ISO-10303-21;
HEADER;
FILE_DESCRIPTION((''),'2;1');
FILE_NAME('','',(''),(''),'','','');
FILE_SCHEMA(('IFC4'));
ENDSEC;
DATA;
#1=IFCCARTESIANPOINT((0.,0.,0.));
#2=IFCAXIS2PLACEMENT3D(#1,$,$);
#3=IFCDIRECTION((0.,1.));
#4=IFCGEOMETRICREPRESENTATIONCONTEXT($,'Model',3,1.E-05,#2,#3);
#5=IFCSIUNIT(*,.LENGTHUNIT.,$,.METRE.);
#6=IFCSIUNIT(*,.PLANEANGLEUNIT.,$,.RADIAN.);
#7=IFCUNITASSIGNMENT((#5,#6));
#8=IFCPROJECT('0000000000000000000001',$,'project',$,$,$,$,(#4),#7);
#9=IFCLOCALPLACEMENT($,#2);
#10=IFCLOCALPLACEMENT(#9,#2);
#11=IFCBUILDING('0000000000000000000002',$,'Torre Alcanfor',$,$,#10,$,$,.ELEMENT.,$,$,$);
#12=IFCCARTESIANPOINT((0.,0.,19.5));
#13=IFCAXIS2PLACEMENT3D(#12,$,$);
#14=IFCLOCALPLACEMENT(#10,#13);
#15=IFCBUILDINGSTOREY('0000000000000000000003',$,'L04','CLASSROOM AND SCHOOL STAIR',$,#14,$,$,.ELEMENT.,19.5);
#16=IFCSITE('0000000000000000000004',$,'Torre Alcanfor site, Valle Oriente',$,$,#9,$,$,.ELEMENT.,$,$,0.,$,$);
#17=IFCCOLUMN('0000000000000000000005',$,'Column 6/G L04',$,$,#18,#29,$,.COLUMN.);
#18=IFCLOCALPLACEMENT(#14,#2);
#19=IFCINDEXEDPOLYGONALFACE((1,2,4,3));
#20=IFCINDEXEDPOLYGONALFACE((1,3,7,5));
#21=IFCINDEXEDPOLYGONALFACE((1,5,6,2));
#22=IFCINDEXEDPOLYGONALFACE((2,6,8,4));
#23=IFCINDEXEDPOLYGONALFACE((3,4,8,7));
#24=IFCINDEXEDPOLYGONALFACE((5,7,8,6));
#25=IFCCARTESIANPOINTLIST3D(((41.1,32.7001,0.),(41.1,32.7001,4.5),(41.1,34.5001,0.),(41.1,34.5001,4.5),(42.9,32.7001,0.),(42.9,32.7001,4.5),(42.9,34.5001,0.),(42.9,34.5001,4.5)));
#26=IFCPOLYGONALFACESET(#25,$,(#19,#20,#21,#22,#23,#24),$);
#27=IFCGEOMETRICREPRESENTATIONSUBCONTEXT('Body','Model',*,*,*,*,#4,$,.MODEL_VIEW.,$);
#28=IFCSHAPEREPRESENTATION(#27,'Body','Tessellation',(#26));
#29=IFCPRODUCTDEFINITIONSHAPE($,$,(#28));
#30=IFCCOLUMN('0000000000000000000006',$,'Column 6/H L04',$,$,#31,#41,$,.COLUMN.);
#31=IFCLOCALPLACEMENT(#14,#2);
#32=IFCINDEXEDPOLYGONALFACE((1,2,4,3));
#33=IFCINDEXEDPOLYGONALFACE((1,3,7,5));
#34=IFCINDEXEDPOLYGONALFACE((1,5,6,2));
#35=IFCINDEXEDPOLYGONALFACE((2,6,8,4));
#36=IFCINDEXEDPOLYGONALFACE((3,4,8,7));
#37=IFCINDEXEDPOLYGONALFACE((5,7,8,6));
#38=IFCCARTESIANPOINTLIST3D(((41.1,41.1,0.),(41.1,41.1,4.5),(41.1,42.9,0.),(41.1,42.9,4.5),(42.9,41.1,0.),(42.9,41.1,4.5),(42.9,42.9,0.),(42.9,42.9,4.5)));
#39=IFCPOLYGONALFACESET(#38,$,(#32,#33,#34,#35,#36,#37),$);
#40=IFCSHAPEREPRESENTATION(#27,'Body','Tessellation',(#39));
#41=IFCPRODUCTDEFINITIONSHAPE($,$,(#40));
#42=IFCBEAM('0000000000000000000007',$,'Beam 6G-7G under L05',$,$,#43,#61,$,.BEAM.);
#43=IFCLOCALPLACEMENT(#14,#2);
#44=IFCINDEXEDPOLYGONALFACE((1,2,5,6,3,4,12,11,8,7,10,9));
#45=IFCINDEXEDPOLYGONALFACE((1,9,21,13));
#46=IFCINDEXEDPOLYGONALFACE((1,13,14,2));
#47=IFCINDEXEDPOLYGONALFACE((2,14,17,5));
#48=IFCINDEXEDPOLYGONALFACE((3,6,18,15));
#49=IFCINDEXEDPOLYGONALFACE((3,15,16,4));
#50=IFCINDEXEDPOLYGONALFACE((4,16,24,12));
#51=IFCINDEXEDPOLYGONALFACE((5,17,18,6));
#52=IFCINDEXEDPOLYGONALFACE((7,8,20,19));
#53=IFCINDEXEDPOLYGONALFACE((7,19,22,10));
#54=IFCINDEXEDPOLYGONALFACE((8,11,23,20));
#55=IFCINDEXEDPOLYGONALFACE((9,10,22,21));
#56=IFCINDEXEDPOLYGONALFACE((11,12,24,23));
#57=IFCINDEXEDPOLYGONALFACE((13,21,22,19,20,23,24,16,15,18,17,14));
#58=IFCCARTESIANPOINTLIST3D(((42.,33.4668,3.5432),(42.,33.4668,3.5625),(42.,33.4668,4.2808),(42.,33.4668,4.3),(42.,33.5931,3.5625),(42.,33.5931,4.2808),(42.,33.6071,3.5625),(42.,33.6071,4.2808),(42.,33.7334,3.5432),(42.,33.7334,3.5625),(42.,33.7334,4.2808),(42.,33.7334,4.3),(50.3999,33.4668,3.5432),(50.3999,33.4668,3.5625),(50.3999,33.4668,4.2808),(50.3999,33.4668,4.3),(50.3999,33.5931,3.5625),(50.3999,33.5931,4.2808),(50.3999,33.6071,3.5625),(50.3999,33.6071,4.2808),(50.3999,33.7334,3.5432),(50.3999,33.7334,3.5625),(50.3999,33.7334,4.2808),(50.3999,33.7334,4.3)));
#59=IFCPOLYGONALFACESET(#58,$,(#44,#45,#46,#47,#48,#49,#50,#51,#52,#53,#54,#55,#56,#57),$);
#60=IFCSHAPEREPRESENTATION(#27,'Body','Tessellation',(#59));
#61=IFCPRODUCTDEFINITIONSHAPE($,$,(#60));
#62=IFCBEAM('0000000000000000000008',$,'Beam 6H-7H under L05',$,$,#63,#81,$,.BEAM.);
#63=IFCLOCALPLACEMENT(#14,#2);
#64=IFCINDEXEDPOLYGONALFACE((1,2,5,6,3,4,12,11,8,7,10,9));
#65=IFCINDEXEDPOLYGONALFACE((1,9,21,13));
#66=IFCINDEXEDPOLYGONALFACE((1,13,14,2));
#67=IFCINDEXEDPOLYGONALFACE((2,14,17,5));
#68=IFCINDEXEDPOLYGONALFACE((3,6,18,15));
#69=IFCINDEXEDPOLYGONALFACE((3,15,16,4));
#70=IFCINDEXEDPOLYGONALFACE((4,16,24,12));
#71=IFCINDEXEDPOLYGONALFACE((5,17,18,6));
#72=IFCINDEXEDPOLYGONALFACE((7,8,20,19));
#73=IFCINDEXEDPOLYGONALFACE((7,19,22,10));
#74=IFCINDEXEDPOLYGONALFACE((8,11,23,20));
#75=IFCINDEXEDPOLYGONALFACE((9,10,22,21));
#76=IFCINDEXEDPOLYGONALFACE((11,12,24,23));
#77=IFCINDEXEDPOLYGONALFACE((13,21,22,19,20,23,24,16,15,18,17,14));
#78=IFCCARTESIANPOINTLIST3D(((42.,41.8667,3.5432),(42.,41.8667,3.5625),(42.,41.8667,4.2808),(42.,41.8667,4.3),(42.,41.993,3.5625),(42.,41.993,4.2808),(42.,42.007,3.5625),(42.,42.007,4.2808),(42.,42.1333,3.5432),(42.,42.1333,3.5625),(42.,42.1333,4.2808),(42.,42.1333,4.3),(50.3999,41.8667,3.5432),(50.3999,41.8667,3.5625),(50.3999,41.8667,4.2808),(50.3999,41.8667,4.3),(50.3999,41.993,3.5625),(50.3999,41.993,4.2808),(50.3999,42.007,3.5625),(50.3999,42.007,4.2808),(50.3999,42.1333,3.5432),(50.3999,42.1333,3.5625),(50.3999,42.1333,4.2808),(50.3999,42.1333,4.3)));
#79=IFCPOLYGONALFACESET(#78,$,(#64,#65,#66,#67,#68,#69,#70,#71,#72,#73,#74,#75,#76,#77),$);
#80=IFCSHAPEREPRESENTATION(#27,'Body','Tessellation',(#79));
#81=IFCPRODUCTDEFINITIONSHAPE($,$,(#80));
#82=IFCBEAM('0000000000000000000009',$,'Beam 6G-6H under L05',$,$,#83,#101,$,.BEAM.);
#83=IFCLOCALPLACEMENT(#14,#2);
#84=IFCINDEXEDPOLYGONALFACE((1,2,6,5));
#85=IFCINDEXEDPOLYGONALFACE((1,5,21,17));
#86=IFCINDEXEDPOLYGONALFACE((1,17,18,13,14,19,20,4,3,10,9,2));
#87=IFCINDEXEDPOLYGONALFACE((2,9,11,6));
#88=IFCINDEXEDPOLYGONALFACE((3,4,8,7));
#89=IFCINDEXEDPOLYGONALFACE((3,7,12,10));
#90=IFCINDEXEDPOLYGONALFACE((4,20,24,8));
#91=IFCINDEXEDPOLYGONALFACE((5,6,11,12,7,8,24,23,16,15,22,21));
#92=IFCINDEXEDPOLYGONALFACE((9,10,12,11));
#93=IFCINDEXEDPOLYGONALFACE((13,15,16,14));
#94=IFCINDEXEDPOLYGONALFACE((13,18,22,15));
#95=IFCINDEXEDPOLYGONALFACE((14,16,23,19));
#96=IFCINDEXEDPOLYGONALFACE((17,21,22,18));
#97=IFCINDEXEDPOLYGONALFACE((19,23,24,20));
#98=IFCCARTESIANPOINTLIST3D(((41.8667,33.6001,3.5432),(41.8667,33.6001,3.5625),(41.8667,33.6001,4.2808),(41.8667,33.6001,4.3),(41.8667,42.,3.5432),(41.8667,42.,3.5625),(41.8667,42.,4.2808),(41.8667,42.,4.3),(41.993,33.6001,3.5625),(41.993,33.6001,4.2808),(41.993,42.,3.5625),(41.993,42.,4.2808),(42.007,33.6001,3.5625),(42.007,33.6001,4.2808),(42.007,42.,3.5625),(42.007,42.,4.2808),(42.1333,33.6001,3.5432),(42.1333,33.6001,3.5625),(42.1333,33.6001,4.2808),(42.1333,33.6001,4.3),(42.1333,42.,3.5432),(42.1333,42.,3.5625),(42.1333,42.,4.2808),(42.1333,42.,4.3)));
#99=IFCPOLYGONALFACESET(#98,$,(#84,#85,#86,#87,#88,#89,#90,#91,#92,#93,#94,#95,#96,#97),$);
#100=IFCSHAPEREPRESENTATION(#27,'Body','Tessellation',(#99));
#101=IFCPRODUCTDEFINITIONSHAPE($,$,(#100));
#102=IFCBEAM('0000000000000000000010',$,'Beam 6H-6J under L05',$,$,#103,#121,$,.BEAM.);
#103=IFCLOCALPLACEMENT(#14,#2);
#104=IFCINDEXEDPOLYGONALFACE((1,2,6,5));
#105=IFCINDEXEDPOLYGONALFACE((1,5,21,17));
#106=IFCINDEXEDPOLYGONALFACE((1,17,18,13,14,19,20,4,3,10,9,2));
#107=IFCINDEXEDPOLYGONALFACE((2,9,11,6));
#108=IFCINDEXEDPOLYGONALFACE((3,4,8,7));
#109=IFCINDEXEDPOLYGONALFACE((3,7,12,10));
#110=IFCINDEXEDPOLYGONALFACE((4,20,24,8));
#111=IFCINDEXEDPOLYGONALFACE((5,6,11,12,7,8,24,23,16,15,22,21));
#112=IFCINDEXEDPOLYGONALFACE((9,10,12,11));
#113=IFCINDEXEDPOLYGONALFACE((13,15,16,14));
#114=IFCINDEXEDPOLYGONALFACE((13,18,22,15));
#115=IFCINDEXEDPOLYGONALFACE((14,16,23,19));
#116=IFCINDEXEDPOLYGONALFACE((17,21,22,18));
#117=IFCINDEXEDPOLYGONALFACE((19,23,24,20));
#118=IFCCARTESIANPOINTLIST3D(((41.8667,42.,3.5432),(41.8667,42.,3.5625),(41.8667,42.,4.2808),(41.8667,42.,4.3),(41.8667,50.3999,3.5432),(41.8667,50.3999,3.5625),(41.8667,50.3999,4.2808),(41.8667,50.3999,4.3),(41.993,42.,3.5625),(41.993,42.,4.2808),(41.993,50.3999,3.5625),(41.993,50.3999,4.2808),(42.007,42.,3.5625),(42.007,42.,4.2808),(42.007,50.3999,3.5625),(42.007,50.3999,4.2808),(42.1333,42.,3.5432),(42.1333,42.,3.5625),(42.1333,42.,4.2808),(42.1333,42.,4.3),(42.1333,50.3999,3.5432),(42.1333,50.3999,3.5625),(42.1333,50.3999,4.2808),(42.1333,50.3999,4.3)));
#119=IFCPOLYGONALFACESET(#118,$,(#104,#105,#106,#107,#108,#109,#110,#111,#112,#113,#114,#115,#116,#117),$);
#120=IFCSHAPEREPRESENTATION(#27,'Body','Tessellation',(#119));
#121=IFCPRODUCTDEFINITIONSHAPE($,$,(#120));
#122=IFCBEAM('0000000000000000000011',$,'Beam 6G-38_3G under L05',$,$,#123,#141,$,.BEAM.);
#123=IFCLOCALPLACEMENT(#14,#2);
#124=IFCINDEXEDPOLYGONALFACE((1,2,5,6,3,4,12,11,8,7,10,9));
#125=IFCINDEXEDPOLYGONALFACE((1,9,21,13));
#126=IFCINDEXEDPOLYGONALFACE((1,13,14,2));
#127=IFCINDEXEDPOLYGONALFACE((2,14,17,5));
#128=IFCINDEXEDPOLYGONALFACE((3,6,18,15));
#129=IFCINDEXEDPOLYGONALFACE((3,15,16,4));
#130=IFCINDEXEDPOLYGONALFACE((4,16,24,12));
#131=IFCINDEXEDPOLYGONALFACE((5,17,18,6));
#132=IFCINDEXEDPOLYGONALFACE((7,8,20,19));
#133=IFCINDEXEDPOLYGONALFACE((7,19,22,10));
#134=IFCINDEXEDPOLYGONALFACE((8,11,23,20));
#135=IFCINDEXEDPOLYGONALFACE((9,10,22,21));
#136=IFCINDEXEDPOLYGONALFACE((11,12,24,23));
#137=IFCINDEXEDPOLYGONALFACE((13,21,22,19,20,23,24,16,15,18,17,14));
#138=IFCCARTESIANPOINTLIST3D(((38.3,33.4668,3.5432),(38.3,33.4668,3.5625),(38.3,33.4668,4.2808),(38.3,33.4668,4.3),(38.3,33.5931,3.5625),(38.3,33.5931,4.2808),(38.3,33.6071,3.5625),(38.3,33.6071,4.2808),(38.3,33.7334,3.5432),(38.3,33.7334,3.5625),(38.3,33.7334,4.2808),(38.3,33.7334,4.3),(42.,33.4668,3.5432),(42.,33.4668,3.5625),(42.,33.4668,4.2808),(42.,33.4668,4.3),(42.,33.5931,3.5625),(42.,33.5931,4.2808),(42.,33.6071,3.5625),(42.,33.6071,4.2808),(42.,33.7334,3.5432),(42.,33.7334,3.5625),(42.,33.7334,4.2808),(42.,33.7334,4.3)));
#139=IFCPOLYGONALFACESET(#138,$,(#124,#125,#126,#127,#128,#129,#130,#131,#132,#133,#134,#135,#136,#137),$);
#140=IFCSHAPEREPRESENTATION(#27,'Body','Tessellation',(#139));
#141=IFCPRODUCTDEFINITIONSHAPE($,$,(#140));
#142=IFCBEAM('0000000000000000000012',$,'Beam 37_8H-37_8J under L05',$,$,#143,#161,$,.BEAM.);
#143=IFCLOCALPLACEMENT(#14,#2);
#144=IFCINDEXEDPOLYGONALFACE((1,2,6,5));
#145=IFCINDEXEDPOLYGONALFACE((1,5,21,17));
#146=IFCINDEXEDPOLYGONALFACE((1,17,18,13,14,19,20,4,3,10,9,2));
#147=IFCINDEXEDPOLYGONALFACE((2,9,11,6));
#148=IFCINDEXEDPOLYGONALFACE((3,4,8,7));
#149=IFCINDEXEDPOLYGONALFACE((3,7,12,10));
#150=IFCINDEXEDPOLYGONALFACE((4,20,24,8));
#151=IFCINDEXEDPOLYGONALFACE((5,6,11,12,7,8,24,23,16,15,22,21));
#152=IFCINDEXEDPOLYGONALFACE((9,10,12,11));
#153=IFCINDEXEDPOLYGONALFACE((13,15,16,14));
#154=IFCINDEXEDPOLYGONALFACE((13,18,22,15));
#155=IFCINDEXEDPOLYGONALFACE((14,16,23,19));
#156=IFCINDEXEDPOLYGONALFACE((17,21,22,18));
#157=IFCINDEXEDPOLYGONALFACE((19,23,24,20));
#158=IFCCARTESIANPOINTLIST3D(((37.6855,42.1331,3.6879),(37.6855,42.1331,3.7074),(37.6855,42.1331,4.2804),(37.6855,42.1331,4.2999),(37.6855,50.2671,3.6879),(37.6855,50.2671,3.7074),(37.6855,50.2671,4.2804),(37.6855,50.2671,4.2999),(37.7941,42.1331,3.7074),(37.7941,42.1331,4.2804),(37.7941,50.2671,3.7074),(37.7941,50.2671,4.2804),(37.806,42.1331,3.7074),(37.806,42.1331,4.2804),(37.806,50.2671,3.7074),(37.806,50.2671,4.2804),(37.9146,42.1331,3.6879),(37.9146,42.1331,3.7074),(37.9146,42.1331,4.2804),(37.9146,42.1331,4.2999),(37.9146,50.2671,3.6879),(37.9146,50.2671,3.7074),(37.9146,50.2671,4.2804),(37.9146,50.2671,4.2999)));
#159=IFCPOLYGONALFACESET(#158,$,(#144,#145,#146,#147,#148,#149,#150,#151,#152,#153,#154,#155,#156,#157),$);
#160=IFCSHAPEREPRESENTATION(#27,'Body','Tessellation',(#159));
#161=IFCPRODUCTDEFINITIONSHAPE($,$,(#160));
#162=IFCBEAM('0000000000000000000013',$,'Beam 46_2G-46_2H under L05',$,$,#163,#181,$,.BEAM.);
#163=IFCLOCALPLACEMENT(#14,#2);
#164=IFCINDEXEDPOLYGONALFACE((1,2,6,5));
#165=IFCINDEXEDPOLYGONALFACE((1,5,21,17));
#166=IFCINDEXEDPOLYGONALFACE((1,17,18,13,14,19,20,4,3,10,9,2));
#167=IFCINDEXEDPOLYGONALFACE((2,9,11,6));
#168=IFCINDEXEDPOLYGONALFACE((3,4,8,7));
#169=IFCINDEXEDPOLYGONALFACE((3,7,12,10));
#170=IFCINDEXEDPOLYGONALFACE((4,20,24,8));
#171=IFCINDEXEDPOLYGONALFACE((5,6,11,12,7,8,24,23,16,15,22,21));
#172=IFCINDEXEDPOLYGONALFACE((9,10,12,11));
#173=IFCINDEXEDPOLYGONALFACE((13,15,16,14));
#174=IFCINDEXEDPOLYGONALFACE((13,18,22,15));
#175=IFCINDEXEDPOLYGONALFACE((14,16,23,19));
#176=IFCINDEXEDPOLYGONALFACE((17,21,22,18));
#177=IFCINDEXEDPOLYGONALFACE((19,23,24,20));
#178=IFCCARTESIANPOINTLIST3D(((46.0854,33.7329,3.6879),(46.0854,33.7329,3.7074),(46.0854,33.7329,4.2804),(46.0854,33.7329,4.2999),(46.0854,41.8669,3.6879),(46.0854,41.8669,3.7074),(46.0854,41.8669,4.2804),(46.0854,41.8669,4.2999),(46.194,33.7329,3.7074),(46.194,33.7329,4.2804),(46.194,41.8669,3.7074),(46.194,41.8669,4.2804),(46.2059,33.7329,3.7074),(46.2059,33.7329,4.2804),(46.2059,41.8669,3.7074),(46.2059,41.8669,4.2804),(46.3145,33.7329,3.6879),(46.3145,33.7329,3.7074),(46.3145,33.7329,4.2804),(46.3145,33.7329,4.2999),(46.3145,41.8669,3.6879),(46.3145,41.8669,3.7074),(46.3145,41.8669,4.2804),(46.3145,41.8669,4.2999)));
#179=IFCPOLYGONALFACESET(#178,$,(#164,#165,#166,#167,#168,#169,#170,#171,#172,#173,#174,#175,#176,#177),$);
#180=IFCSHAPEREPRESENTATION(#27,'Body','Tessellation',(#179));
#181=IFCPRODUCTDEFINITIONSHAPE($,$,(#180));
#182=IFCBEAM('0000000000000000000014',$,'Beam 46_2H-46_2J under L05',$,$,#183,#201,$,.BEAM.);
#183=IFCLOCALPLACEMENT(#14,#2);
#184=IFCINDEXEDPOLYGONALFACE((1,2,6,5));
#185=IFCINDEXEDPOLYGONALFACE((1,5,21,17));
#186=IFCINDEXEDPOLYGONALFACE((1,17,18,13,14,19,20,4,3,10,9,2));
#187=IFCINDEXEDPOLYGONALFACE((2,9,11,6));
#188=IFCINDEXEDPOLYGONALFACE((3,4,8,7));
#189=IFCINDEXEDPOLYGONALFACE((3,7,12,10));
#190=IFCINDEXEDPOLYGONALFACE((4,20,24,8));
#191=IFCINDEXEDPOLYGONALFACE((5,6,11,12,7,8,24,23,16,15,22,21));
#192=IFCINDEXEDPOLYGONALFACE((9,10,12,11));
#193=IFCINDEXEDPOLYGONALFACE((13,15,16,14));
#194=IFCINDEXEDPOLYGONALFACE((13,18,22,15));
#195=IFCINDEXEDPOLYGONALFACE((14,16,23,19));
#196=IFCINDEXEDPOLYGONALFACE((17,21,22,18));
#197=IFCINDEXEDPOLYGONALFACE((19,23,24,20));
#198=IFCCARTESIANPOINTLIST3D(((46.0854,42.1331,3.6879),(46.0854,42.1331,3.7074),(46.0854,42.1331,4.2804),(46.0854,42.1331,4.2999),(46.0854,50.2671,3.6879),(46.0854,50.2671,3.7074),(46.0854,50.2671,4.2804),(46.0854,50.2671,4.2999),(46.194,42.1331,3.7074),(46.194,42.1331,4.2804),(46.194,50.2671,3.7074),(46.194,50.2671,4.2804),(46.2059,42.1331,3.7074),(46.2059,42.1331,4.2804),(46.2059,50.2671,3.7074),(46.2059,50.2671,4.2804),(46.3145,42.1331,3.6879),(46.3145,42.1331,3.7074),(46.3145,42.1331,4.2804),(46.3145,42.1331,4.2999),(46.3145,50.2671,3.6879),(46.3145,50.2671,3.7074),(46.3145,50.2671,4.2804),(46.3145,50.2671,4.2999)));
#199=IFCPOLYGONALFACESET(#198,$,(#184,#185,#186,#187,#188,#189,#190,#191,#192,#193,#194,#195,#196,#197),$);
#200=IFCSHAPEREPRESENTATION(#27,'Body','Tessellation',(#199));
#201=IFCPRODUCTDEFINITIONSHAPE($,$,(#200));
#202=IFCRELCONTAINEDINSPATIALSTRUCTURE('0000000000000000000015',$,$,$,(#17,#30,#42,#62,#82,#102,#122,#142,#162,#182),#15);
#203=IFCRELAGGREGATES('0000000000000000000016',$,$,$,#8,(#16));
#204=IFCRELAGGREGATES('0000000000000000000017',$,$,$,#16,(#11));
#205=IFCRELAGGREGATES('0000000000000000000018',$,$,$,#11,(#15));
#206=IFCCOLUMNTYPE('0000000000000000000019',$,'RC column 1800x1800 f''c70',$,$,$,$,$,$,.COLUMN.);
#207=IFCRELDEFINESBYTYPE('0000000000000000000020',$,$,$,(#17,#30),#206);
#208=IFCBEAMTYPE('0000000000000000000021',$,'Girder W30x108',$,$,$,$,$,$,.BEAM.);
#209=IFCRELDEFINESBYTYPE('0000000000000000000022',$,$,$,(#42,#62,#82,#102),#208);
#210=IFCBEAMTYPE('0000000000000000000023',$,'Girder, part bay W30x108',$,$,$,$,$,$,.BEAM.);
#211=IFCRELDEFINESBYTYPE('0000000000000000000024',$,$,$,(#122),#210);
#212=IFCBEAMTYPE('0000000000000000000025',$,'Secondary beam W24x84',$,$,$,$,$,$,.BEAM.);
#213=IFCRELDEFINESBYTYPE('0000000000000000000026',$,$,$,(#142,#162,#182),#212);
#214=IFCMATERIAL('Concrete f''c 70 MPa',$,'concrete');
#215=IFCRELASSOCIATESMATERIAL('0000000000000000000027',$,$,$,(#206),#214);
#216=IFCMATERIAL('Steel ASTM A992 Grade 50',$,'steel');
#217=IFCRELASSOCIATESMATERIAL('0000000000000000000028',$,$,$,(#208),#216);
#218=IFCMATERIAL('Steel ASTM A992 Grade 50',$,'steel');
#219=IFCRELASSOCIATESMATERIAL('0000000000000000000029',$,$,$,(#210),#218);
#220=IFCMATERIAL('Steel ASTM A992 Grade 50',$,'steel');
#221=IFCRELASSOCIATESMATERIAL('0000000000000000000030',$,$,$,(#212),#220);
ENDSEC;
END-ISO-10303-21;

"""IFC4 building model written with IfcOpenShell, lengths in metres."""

from ifc_helpers import new_model, si_unit, direction, frame, origin, origin_2d, place, context, subcontext, project, spatial, rectangle, i_section, extrude, material, material_profile, profile_set, type_object, element, save


model = new_model("IFC4")

# Units and contexts
model_context = context("Model", 3, precision=1e-05, world=origin(), true_north=direction((0.0, 1.0)))
body_context = subcontext(model_context, "Body", "Model", "MODEL_VIEW")
ifc_project = project(units=[si_unit("LENGTHUNIT", "METRE"), si_unit("PLANEANGLEUNIT", "RADIAN")], contexts=[model_context])

# Site, building, storey
site_placement = place(None, origin())
site = spatial("IfcSite", under=ifc_project, at=site_placement, Name="Torre Alcanfor site, Valle Oriente", CompositionType="ELEMENT", RefElevation=0.0)
building_placement = place(site_placement, origin())
building = spatial("IfcBuilding", under=site, at=building_placement, Name="Torre Alcanfor", CompositionType="ELEMENT")
storey_placement = place(building_placement, frame((0.0, 0.0, 19.5)))
storey = spatial("IfcBuildingStorey", under=building, at=storey_placement, Name="L04", Description="CLASSROOM AND SCHOOL STAIR", CompositionType="ELEMENT", Elevation=19.5)

# Columns
ifc_material_1 = material(Name="Concrete f'c 70 MPa", Category="concrete")
ifc_material_profile_1 = material_profile(ifc_material_1, rectangle(XDim=1.8, YDim=1.8, at=origin_2d()), Name="1800x1800")
ifc_profile_set_1 = profile_set([ifc_material_profile_1], Name="Concrete f'c 70 MPa")
column_type = type_object("IfcColumnType", Name="RC column 1800x1800 f'c70", PredefinedType="COLUMN", material=ifc_profile_set_1)
for number, where, z_axis, x_axis, name in (
    (1, (42.0, 33.6001, 0.0), (0.0, 0.0, 1.0), (1.0, 0.0, 0.0), "Column 6/G L04"),
    (2, (42.0, 42.0, 0.0), (0.0, 0.0, 1.0), (1.0, 0.0, 0.0), "Column 6/H L04"),
):
    element("IfcColumn", number, at=place(storey_placement, frame(where, z_axis=z_axis, x_axis=x_axis)), inside=storey, type_object=column_type, Name=name, PredefinedType="COLUMN", context=body_context, shape_type="SweptSolid", body=[
        extrude(rectangle(XDim=1.8, YDim=1.8, at=origin_2d()), origin(), (0.0, 0.0, 1.0), 4.5),
    ])

# Beams
ifc_material_2 = material(Name="Steel ASTM A992 Grade 50", Category="steel")
ifc_material_profile_2 = material_profile(ifc_material_2, i_section(OverallWidth=0.2666, OverallDepth=0.7568, WebThickness=0.0139, FlangeThickness=0.0193, at=origin_2d()), Name="W30x108")
ifc_profile_set_2 = profile_set([ifc_material_profile_2], Name="Steel ASTM A992 Grade 50")
beam_type_1 = type_object("IfcBeamType", Name="Girder W30x108", PredefinedType="BEAM", material=ifc_profile_set_2)
for number, where, z_axis, x_axis, name in (
    (3, (42.0, 33.6001, 3.9216), (1.0, 0.0, 0.0), (0.0, 1.0, 0.0), "Beam 6G-7G under L05"),
    (4, (42.0, 42.0, 3.9216), (1.0, 0.0, 0.0), (0.0, 1.0, 0.0), "Beam 6H-7H under L05"),
    (5, (42.0, 33.6001, 3.9216), (0.0, 1.0, 0.0), (-1.0, 0.0, 0.0), "Beam 6G-6H under L05"),
    (6, (42.0, 42.0, 3.9216), (0.0, 1.0, 0.0), (-1.0, 0.0, 0.0), "Beam 6H-6J under L05"),
):
    element("IfcBeam", number, at=place(storey_placement, frame(where, z_axis=z_axis, x_axis=x_axis)), inside=storey, type_object=beam_type_1, Name=name, PredefinedType="BEAM", context=body_context, shape_type="SweptSolid", body=[
        extrude(i_section(OverallWidth=0.2666, OverallDepth=0.7568, WebThickness=0.0139, FlangeThickness=0.0193, at=origin_2d()), origin(), (0.0, 0.0, 1.0), 8.3999),
    ])
ifc_material_3 = material(Name="Steel ASTM A992 Grade 50", Category="steel")
ifc_material_profile_3 = material_profile(ifc_material_3, i_section(OverallWidth=0.2666, OverallDepth=0.7568, WebThickness=0.0139, FlangeThickness=0.0193, at=origin_2d()), Name="W30x108")
ifc_profile_set_3 = profile_set([ifc_material_profile_3], Name="Steel ASTM A992 Grade 50")
beam_type_2 = type_object("IfcBeamType", Name="Girder, part bay W30x108", PredefinedType="BEAM", material=ifc_profile_set_3)
beam_1_placement = place(storey_placement, frame((42.0, 33.6001, 3.9216), z_axis=(-1.0, 0.0, 0.0), x_axis=(0.0, -1.0, 0.0)))
element("IfcBeam", 7, at=beam_1_placement, inside=storey, type_object=beam_type_2, Name="Beam 6G-38_3G under L05", PredefinedType="BEAM", context=body_context, shape_type="SweptSolid", body=[
    extrude(i_section(OverallWidth=0.2666, OverallDepth=0.7568, WebThickness=0.0139, FlangeThickness=0.0193, at=origin_2d()), origin(), (0.0, 0.0, 1.0), 3.7),
])
ifc_material_4 = material(Name="Steel ASTM A992 Grade 50", Category="steel")
ifc_material_profile_4 = material_profile(ifc_material_4, i_section(OverallWidth=0.229, OverallDepth=0.6121, WebThickness=0.012, FlangeThickness=0.0195, at=origin_2d()), Name="W24x84")
ifc_profile_set_4 = profile_set([ifc_material_profile_4], Name="Steel ASTM A992 Grade 50")
beam_type_3 = type_object("IfcBeamType", Name="Secondary beam W24x84", PredefinedType="BEAM", material=ifc_profile_set_4)
for number, where, z_axis, x_axis, name in (
    (8, (37.8, 42.1331, 3.9939), (0.0, 1.0, 0.0), (-1.0, 0.0, 0.0), "Beam 37_8H-37_8J under L05"),
    (9, (46.2, 33.7329, 3.9939), (0.0, 1.0, 0.0), (-1.0, 0.0, 0.0), "Beam 46_2G-46_2H under L05"),
    (10, (46.2, 42.1331, 3.9939), (0.0, 1.0, 0.0), (-1.0, 0.0, 0.0), "Beam 46_2H-46_2J under L05"),
):
    element("IfcBeam", number, at=place(storey_placement, frame(where, z_axis=z_axis, x_axis=x_axis)), inside=storey, type_object=beam_type_3, Name=name, PredefinedType="BEAM", context=body_context, shape_type="SweptSolid", body=[
        extrude(i_section(OverallWidth=0.229, OverallDepth=0.6121, WebThickness=0.012, FlangeThickness=0.0195, at=origin_2d()), origin(), (0.0, 0.0, 1.0), 8.134),
    ])

save(model, "model.ifc")
